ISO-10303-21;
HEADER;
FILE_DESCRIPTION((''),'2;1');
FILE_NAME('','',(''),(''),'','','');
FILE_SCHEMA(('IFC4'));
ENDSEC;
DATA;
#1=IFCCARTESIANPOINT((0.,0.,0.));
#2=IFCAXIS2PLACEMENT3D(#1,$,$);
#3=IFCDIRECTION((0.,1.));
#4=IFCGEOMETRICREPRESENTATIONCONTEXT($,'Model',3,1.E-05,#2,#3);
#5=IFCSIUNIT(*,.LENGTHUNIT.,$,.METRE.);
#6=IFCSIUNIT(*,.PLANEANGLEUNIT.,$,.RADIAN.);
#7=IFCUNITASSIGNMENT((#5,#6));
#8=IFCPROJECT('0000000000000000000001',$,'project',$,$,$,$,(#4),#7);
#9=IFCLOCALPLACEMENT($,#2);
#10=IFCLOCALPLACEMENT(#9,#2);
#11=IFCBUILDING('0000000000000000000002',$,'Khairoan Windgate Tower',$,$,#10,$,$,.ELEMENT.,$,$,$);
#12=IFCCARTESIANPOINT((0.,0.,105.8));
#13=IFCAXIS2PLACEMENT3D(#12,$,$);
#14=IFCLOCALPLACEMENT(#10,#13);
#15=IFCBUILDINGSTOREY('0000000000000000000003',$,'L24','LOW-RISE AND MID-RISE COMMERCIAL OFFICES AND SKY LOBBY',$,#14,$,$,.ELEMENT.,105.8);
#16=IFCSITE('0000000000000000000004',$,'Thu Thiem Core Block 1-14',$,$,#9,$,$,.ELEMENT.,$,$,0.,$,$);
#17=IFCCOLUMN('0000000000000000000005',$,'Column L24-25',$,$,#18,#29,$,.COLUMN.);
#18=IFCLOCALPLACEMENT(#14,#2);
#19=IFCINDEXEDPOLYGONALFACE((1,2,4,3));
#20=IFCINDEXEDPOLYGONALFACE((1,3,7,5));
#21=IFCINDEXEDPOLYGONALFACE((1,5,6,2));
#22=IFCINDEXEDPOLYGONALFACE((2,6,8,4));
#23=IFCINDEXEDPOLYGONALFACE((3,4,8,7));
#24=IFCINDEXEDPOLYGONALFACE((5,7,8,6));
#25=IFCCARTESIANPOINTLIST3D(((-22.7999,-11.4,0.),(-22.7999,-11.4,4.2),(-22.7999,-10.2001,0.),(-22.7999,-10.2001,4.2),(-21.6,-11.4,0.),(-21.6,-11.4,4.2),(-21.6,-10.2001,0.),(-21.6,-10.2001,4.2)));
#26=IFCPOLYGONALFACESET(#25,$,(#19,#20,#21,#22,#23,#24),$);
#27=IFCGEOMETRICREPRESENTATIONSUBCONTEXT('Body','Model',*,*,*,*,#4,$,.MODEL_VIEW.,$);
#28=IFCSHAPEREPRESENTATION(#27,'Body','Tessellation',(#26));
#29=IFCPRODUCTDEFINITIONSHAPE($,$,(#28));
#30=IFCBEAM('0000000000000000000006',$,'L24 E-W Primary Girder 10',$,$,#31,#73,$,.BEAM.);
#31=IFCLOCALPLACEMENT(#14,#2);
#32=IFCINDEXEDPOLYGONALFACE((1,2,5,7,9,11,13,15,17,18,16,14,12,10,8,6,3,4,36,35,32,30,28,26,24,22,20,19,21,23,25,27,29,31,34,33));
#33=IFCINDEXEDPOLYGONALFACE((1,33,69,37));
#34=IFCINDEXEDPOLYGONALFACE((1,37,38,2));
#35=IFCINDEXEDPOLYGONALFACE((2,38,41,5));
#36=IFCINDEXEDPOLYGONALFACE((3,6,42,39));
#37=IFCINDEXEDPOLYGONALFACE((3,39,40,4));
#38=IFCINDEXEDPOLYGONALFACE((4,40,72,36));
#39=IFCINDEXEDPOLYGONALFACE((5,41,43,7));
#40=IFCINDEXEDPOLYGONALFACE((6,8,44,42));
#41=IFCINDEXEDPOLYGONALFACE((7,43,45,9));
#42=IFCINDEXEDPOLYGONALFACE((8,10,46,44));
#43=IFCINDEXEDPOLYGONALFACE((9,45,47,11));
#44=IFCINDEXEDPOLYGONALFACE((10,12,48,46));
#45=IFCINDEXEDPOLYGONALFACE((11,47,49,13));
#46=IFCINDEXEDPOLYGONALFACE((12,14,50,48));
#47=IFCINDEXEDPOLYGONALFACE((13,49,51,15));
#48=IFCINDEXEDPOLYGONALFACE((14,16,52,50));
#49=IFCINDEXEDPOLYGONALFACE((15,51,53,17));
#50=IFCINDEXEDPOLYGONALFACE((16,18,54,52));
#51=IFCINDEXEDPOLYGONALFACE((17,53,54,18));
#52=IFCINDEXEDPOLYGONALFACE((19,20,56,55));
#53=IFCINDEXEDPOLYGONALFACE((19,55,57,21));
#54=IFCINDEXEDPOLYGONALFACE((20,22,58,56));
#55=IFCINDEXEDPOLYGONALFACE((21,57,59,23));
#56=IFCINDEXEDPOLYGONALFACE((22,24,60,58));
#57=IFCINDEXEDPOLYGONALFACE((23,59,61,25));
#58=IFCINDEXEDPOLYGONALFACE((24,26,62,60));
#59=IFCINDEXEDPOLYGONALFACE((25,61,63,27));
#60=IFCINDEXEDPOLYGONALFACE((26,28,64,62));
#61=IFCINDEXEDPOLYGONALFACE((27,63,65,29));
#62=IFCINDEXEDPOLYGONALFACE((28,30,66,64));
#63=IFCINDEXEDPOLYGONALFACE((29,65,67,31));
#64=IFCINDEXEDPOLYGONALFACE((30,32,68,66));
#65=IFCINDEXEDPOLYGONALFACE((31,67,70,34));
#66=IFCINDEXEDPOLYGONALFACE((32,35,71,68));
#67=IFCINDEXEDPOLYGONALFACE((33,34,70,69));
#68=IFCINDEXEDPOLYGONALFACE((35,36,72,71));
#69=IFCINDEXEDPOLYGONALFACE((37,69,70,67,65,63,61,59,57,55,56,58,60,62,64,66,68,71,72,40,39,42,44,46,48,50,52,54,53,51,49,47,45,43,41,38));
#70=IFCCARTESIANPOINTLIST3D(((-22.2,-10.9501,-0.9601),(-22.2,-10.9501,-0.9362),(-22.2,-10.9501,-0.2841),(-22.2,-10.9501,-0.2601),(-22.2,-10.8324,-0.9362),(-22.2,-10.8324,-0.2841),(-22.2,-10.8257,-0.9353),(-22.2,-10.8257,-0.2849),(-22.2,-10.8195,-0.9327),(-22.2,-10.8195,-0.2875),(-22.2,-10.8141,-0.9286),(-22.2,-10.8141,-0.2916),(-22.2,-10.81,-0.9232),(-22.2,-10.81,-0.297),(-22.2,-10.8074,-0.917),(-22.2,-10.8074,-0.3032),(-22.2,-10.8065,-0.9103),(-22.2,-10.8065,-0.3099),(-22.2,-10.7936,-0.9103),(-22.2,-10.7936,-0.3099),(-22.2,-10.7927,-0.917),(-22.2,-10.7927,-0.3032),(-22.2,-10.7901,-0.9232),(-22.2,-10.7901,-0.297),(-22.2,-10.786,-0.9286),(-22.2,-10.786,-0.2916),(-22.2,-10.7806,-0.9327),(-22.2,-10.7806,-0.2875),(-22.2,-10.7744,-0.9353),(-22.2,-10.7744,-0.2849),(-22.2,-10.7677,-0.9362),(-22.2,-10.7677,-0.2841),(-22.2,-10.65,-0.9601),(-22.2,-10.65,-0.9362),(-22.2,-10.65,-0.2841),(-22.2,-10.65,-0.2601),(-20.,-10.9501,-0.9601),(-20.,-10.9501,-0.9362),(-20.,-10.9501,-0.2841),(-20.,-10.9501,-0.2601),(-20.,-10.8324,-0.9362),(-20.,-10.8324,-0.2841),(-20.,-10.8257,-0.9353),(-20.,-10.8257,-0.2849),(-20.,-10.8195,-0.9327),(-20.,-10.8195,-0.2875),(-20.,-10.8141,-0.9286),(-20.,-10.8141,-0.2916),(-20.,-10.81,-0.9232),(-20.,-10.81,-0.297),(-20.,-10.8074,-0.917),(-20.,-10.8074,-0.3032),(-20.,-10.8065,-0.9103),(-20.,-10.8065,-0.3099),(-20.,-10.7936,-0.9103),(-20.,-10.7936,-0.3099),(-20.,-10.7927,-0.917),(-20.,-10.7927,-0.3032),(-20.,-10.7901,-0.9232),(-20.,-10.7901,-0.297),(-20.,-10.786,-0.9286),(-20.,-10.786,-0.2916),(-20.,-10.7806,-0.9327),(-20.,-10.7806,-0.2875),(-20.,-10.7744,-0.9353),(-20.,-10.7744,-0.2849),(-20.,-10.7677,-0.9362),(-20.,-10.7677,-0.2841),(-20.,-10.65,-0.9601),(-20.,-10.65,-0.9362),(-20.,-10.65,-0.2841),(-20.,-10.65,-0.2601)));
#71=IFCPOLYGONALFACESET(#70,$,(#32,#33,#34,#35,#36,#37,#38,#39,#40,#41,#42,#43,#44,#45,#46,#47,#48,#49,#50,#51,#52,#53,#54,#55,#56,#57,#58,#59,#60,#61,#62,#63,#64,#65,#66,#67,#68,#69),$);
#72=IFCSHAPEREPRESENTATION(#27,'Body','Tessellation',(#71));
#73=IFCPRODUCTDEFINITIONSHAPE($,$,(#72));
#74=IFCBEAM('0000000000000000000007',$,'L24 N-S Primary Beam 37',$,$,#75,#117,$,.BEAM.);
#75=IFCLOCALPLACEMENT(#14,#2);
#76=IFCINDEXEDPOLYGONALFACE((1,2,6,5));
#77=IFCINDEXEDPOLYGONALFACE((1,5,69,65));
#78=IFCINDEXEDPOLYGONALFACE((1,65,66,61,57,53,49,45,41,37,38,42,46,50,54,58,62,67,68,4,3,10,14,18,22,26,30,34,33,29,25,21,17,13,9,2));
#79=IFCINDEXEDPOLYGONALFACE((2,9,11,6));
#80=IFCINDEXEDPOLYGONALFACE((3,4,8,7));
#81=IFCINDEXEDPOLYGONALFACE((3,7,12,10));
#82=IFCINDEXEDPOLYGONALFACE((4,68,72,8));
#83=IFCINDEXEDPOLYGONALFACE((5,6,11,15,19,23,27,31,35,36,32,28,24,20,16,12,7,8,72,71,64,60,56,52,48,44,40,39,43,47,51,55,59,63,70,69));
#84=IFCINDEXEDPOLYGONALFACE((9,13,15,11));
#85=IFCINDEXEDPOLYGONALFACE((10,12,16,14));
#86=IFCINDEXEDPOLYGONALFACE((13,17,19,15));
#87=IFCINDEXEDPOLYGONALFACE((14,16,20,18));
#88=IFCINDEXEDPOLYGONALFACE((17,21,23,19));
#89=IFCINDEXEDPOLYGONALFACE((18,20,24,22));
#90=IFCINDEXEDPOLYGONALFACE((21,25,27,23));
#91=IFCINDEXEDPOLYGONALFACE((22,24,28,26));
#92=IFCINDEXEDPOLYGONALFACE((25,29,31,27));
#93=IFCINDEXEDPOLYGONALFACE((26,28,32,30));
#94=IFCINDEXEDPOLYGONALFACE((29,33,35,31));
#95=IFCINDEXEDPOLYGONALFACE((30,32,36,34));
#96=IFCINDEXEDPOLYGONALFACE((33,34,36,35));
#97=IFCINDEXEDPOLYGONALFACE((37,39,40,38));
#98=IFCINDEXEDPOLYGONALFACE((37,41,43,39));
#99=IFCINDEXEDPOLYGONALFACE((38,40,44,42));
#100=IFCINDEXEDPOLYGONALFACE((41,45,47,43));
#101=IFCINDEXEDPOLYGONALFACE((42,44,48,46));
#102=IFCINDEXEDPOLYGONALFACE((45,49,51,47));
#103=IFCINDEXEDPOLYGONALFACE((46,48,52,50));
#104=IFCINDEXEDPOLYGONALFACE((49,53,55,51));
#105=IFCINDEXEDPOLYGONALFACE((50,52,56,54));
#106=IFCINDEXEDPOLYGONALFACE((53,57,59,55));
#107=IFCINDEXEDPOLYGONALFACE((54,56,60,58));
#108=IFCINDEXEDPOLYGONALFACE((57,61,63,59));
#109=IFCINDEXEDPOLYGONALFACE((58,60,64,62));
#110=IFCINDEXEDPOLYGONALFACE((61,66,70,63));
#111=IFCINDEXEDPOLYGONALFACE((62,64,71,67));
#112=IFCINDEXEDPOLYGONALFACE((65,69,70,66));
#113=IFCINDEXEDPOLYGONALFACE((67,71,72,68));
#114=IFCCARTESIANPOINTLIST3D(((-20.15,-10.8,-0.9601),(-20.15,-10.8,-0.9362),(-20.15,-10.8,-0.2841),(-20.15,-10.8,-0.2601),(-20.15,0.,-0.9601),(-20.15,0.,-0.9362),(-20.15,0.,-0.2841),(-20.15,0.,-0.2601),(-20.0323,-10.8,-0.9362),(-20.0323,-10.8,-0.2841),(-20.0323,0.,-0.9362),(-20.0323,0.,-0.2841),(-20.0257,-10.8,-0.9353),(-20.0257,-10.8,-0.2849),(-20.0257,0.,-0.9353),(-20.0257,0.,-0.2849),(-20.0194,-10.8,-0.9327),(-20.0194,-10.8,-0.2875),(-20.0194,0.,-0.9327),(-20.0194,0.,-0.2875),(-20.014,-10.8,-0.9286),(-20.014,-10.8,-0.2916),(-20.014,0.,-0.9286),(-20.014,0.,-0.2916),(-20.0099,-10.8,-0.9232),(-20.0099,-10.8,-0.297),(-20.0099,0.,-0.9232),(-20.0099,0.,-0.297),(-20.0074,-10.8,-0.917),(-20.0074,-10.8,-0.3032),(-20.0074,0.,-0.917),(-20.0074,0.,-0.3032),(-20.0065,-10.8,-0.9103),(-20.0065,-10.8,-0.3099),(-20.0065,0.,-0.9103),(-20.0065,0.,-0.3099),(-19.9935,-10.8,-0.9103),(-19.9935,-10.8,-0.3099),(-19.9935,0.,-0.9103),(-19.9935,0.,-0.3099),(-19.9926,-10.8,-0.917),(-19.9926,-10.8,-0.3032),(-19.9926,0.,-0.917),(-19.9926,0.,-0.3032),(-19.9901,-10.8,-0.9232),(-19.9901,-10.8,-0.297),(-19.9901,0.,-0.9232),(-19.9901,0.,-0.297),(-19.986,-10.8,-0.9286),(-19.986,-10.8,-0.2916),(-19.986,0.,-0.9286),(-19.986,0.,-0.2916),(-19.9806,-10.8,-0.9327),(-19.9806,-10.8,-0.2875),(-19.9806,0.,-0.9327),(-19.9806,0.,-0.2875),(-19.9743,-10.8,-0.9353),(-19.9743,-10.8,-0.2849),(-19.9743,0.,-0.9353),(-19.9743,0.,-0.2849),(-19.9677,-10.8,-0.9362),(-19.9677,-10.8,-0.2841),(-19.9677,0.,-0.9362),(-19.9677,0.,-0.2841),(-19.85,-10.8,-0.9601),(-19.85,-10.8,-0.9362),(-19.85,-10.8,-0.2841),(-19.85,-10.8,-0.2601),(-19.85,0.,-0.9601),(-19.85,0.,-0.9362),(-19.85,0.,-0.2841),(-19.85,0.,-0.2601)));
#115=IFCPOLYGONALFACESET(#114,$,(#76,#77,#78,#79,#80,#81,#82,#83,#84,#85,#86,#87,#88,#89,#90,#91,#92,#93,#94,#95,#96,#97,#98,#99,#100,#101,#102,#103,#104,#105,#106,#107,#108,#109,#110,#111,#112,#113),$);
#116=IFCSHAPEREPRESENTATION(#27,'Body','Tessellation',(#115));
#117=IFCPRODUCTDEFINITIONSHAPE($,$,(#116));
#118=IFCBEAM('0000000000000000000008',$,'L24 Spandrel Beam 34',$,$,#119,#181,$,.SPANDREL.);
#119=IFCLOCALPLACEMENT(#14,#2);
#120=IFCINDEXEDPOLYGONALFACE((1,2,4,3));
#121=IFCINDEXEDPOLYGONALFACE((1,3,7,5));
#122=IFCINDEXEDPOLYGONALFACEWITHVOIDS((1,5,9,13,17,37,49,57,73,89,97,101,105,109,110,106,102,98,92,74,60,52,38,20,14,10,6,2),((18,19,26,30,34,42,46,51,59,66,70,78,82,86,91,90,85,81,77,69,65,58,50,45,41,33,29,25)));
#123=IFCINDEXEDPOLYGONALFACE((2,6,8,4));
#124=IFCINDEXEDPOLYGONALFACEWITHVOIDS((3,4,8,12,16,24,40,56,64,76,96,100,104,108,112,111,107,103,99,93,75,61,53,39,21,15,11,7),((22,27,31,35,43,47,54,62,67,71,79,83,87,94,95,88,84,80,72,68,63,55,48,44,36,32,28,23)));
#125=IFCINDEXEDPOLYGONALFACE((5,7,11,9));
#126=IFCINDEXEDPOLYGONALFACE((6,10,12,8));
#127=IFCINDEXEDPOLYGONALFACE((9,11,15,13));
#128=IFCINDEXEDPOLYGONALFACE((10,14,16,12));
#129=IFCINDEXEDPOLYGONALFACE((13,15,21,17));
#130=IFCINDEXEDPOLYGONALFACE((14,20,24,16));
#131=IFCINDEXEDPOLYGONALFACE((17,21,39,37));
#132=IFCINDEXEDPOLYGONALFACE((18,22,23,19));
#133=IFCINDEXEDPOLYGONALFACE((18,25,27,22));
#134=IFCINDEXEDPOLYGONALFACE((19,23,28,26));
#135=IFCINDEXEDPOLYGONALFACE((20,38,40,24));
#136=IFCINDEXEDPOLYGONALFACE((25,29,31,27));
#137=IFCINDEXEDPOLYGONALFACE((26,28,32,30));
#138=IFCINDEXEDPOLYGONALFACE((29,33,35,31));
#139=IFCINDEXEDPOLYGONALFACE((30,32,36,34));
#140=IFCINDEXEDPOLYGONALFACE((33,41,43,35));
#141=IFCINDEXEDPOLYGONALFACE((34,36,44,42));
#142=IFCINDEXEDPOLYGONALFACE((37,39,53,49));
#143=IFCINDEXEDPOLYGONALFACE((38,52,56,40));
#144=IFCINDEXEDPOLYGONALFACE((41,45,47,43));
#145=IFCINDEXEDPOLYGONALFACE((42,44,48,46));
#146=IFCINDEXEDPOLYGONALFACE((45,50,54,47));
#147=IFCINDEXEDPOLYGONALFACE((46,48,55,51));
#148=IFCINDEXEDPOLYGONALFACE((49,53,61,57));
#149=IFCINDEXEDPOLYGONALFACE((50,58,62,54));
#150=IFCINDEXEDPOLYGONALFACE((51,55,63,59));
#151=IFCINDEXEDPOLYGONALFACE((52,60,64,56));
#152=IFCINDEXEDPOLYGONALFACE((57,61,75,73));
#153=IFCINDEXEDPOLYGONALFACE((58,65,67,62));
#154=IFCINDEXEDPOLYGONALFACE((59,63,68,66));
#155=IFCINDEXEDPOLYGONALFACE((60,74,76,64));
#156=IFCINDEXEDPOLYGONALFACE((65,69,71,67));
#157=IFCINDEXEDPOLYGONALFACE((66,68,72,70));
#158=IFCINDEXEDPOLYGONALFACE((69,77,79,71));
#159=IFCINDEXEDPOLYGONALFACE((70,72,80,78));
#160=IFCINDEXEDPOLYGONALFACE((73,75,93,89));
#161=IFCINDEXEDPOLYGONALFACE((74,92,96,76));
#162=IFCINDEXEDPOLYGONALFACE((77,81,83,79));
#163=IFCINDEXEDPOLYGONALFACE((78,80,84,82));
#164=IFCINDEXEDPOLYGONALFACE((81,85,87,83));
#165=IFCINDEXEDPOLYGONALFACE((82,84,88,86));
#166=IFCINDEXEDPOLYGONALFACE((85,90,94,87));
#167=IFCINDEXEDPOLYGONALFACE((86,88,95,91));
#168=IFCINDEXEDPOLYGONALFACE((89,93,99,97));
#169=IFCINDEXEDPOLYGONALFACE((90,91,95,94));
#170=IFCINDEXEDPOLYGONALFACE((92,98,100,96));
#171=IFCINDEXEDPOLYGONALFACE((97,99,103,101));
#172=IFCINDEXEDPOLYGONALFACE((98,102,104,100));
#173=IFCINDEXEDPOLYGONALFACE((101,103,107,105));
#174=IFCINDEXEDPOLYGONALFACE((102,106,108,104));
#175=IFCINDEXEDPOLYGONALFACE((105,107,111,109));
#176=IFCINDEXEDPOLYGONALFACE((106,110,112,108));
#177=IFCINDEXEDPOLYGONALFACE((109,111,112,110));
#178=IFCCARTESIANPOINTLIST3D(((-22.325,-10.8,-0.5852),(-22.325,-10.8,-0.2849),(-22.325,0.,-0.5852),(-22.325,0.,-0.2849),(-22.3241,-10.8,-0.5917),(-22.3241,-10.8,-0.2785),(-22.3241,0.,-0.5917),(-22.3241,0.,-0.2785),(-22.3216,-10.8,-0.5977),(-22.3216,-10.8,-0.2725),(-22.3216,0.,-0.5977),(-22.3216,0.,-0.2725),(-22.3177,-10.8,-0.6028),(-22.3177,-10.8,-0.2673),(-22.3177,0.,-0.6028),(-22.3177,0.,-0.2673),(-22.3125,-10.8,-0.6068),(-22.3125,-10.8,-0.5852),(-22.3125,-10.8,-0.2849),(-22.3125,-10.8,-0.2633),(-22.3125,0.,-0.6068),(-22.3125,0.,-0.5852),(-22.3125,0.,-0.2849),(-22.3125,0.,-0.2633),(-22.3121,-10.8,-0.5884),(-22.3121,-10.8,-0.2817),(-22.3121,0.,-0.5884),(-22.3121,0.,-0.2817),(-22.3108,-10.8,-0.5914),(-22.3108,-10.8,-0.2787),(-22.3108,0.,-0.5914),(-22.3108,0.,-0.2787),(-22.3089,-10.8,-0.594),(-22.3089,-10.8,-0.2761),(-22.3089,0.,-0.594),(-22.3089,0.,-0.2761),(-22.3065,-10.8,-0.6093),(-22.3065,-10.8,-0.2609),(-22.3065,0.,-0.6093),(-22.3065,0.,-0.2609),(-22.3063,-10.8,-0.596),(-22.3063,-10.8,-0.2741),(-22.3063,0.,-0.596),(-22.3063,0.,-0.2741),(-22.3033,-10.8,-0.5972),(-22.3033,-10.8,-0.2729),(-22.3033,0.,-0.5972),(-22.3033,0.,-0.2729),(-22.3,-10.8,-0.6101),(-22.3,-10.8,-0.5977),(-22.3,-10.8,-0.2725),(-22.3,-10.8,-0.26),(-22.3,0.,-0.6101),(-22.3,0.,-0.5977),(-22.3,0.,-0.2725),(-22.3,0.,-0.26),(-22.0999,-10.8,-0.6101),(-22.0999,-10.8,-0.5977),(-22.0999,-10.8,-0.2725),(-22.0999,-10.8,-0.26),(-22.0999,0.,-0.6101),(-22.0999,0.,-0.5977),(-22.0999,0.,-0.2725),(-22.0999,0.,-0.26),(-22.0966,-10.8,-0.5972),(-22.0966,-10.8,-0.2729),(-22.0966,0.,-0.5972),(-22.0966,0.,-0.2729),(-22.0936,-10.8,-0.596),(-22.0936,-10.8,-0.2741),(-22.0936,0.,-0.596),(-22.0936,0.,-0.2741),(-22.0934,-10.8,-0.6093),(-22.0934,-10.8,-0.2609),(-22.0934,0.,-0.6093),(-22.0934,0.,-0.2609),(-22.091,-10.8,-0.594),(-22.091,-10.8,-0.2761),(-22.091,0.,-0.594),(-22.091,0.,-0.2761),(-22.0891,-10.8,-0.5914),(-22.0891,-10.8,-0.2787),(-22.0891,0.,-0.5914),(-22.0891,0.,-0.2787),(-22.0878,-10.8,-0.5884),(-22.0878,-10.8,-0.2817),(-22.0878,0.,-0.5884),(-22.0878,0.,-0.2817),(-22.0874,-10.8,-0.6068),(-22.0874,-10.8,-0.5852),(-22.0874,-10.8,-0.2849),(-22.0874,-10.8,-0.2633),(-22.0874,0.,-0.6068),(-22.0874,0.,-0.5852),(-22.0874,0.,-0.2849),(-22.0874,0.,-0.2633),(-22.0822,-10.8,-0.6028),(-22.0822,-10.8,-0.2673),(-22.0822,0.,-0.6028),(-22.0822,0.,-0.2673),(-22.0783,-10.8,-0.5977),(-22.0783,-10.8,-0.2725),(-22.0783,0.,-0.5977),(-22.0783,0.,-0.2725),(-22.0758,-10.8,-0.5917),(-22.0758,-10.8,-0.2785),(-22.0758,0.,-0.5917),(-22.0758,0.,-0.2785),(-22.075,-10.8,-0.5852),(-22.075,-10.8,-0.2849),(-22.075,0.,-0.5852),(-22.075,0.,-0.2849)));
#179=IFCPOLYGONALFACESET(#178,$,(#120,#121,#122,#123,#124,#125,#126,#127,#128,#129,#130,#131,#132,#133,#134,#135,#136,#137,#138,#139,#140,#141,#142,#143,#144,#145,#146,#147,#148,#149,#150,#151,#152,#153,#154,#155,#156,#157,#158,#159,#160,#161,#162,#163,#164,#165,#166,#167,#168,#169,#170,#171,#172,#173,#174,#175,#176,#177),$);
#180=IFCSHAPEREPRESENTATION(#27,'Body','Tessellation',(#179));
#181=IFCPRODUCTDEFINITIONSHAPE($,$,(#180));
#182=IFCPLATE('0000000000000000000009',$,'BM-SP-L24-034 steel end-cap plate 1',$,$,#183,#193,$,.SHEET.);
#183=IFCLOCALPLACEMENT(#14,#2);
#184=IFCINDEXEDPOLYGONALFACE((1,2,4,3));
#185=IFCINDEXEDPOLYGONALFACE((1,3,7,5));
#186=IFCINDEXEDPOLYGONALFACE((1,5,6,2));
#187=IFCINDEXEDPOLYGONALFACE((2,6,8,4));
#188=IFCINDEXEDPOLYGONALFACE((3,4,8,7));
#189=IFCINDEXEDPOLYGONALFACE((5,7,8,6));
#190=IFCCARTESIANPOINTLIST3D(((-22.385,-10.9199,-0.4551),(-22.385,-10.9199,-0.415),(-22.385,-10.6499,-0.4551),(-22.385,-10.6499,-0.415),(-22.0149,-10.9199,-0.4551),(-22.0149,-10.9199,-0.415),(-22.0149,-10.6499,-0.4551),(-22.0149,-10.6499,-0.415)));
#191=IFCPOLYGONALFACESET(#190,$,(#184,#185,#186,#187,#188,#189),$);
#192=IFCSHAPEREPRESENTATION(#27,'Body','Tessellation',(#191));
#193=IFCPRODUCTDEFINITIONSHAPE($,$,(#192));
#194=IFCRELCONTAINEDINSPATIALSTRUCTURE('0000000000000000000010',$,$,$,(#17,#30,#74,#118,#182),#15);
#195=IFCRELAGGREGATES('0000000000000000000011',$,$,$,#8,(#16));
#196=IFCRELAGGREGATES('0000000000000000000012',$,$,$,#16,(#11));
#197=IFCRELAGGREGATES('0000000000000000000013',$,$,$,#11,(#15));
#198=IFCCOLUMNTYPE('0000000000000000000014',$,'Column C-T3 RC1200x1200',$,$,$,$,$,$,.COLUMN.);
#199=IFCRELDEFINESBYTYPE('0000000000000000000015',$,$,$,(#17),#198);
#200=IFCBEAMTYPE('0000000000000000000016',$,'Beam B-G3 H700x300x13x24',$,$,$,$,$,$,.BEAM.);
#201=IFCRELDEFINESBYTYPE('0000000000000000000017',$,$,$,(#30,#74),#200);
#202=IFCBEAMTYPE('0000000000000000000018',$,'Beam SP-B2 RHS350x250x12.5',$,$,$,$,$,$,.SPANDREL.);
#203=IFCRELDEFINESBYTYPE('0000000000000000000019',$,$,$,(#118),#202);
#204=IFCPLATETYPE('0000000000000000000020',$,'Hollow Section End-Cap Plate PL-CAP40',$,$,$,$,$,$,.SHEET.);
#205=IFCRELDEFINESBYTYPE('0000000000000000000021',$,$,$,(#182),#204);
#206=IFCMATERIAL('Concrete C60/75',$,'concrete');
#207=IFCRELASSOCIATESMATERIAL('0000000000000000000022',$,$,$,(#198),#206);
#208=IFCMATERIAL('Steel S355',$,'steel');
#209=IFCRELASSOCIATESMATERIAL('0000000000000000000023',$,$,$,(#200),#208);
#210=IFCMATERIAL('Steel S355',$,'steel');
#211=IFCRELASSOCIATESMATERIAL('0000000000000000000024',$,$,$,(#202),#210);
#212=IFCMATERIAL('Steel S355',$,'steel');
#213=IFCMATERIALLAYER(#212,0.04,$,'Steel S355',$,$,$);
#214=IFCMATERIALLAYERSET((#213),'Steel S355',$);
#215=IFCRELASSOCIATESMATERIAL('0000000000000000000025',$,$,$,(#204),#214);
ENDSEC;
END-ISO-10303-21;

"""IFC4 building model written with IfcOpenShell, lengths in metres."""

from ifc_helpers import new_model, si_unit, direction, frame, origin, origin_2d, place, context, subcontext, project, spatial, rectangle, hollow_rectangle, i_section, extrude, material, layer, layer_set, material_profile, profile_set, type_object, element, save


model = new_model("IFC4")

# Units and contexts
model_context = context("Model", 3, precision=1e-05, world=origin(), true_north=direction((0.0, 1.0)))
body_context = subcontext(model_context, "Body", "Model", "MODEL_VIEW")
ifc_project = project(units=[si_unit("LENGTHUNIT", "METRE"), si_unit("PLANEANGLEUNIT", "RADIAN")], contexts=[model_context])

# Site, building, storey
site_placement = place(None, origin())
site = spatial("IfcSite", under=ifc_project, at=site_placement, Name="Thu Thiem Core Block 1-14", CompositionType="ELEMENT", RefElevation=0.0)
building_placement = place(site_placement, origin())
building = spatial("IfcBuilding", under=site, at=building_placement, Name="Khairoan Windgate Tower", CompositionType="ELEMENT")
storey_placement = place(building_placement, frame((0.0, 0.0, 105.8)))
storey = spatial("IfcBuildingStorey", under=building, at=storey_placement, Name="L24", Description="LOW-RISE AND MID-RISE COMMERCIAL OFFICES AND SKY LOBBY", CompositionType="ELEMENT", Elevation=105.8)

# Column
ifc_material_1 = material(Name="Concrete C60/75", Category="concrete")
ifc_material_profile_1 = material_profile(ifc_material_1, rectangle(XDim=1.2, YDim=1.2, at=origin_2d()))
ifc_profile_set_1 = profile_set([ifc_material_profile_1], Name="Concrete C60/75")
column_type = type_object("IfcColumnType", Name="Column C-T3 RC1200x1200", PredefinedType="COLUMN", material=ifc_profile_set_1)
column_placement = place(storey_placement, frame((-22.2, -10.8, 0.0), z_axis=(0.0, 0.0, 1.0), x_axis=(1.0, 0.0, 0.0)))
element("IfcColumn", 1, at=column_placement, inside=storey, type_object=column_type, Name="Column L24-25", PredefinedType="COLUMN", context=body_context, shape_type="SweptSolid", body=[
    extrude(rectangle(XDim=1.2, YDim=1.2, at=origin_2d()), origin(), (0.0, 0.0, 1.0), 4.2),
])

# Beams
ifc_material_2 = material(Name="Steel S355", Category="steel")
ifc_material_profile_2 = material_profile(ifc_material_2, i_section(OverallWidth=0.3, OverallDepth=0.7, WebThickness=0.0129, FlangeThickness=0.0239, FilletRadius=0.0259, at=origin_2d()))
ifc_profile_set_2 = profile_set([ifc_material_profile_2], Name="Steel S355")
beam_type_1 = type_object("IfcBeamType", Name="Beam B-G3 H700x300x13x24", PredefinedType="BEAM", material=ifc_profile_set_2)
beam_1_placement = place(storey_placement, frame((-22.2, -10.8, -0.6101), z_axis=(1.0, 0.0, 0.0), x_axis=(0.0, 1.0, 0.0)))
element("IfcBeam", 2, at=beam_1_placement, inside=storey, type_object=beam_type_1, Name="L24 E-W Primary Girder 10", PredefinedType="BEAM", context=body_context, shape_type="SweptSolid", body=[
    extrude(i_section(OverallWidth=0.3, OverallDepth=0.7, WebThickness=0.0129, FlangeThickness=0.0239, FilletRadius=0.0259, at=origin_2d()), origin(), (0.0, 0.0, 1.0), 2.2),
])
beam_2_placement = place(storey_placement, frame((-20.0, -10.8, -0.6101), z_axis=(0.0, 1.0, 0.0), x_axis=(-1.0, 0.0, 0.0)))
element("IfcBeam", 3, at=beam_2_placement, inside=storey, type_object=beam_type_1, Name="L24 N-S Primary Beam 37", PredefinedType="BEAM", context=body_context, shape_type="SweptSolid", body=[
    extrude(i_section(OverallWidth=0.3, OverallDepth=0.7, WebThickness=0.0129, FlangeThickness=0.0239, FilletRadius=0.0259, at=origin_2d()), origin(), (0.0, 0.0, 1.0), 10.8),
])
ifc_material_3 = material(Name="Steel S355", Category="steel")
ifc_material_profile_3 = material_profile(ifc_material_3, hollow_rectangle(XDim=0.25, YDim=0.3501, WallThickness=0.0125, InnerFilletRadius=0.0125, OuterFilletRadius=0.0249, at=origin_2d()))
ifc_profile_set_3 = profile_set([ifc_material_profile_3], Name="Steel S355")
beam_type_2 = type_object("IfcBeamType", Name="Beam SP-B2 RHS350x250x12.5", PredefinedType="SPANDREL", material=ifc_profile_set_3)
beam_3_placement = place(storey_placement, frame((-22.2, -10.8, -0.4351), z_axis=(0.0, 1.0, 0.0), x_axis=(-1.0, 0.0, 0.0)))
element("IfcBeam", 4, at=beam_3_placement, inside=storey, type_object=beam_type_2, Name="L24 Spandrel Beam 34", PredefinedType="SPANDREL", context=body_context, shape_type="SweptSolid", body=[
    extrude(hollow_rectangle(XDim=0.25, YDim=0.3501, WallThickness=0.0125, InnerFilletRadius=0.0125, OuterFilletRadius=0.0249, at=origin_2d()), origin(), (0.0, 0.0, 1.0), 10.8),
])

# Plate
ifc_material_4 = material(Name="Steel S355", Category="steel")
ifc_layer_1 = layer(ifc_material_4, 0.04, Name="Steel S355")
ifc_layer_set_1 = layer_set([ifc_layer_1], Name="Steel S355")
plate_type_1 = type_object("IfcPlateType", Name="Hollow Section End-Cap Plate PL-CAP40", PredefinedType="SHEET", material=ifc_layer_set_1)
plate_1_placement = place(storey_placement, frame((-22.2, -10.7849, -0.4551), z_axis=(0.0, 0.0, 1.0), x_axis=(0.0, 1.0, 0.0)))
element("IfcPlate", 5, at=plate_1_placement, inside=storey, type_object=plate_type_1, Name="BM-SP-L24-034 steel end-cap plate 1", PredefinedType="SHEET", context=body_context, shape_type="SweptSolid", body=[
    extrude(rectangle(XDim=0.27, YDim=0.3701, at=origin_2d()), origin(), (0.0, 0.0, 1.0), 0.04),
])

save(model, "model.ifc")
